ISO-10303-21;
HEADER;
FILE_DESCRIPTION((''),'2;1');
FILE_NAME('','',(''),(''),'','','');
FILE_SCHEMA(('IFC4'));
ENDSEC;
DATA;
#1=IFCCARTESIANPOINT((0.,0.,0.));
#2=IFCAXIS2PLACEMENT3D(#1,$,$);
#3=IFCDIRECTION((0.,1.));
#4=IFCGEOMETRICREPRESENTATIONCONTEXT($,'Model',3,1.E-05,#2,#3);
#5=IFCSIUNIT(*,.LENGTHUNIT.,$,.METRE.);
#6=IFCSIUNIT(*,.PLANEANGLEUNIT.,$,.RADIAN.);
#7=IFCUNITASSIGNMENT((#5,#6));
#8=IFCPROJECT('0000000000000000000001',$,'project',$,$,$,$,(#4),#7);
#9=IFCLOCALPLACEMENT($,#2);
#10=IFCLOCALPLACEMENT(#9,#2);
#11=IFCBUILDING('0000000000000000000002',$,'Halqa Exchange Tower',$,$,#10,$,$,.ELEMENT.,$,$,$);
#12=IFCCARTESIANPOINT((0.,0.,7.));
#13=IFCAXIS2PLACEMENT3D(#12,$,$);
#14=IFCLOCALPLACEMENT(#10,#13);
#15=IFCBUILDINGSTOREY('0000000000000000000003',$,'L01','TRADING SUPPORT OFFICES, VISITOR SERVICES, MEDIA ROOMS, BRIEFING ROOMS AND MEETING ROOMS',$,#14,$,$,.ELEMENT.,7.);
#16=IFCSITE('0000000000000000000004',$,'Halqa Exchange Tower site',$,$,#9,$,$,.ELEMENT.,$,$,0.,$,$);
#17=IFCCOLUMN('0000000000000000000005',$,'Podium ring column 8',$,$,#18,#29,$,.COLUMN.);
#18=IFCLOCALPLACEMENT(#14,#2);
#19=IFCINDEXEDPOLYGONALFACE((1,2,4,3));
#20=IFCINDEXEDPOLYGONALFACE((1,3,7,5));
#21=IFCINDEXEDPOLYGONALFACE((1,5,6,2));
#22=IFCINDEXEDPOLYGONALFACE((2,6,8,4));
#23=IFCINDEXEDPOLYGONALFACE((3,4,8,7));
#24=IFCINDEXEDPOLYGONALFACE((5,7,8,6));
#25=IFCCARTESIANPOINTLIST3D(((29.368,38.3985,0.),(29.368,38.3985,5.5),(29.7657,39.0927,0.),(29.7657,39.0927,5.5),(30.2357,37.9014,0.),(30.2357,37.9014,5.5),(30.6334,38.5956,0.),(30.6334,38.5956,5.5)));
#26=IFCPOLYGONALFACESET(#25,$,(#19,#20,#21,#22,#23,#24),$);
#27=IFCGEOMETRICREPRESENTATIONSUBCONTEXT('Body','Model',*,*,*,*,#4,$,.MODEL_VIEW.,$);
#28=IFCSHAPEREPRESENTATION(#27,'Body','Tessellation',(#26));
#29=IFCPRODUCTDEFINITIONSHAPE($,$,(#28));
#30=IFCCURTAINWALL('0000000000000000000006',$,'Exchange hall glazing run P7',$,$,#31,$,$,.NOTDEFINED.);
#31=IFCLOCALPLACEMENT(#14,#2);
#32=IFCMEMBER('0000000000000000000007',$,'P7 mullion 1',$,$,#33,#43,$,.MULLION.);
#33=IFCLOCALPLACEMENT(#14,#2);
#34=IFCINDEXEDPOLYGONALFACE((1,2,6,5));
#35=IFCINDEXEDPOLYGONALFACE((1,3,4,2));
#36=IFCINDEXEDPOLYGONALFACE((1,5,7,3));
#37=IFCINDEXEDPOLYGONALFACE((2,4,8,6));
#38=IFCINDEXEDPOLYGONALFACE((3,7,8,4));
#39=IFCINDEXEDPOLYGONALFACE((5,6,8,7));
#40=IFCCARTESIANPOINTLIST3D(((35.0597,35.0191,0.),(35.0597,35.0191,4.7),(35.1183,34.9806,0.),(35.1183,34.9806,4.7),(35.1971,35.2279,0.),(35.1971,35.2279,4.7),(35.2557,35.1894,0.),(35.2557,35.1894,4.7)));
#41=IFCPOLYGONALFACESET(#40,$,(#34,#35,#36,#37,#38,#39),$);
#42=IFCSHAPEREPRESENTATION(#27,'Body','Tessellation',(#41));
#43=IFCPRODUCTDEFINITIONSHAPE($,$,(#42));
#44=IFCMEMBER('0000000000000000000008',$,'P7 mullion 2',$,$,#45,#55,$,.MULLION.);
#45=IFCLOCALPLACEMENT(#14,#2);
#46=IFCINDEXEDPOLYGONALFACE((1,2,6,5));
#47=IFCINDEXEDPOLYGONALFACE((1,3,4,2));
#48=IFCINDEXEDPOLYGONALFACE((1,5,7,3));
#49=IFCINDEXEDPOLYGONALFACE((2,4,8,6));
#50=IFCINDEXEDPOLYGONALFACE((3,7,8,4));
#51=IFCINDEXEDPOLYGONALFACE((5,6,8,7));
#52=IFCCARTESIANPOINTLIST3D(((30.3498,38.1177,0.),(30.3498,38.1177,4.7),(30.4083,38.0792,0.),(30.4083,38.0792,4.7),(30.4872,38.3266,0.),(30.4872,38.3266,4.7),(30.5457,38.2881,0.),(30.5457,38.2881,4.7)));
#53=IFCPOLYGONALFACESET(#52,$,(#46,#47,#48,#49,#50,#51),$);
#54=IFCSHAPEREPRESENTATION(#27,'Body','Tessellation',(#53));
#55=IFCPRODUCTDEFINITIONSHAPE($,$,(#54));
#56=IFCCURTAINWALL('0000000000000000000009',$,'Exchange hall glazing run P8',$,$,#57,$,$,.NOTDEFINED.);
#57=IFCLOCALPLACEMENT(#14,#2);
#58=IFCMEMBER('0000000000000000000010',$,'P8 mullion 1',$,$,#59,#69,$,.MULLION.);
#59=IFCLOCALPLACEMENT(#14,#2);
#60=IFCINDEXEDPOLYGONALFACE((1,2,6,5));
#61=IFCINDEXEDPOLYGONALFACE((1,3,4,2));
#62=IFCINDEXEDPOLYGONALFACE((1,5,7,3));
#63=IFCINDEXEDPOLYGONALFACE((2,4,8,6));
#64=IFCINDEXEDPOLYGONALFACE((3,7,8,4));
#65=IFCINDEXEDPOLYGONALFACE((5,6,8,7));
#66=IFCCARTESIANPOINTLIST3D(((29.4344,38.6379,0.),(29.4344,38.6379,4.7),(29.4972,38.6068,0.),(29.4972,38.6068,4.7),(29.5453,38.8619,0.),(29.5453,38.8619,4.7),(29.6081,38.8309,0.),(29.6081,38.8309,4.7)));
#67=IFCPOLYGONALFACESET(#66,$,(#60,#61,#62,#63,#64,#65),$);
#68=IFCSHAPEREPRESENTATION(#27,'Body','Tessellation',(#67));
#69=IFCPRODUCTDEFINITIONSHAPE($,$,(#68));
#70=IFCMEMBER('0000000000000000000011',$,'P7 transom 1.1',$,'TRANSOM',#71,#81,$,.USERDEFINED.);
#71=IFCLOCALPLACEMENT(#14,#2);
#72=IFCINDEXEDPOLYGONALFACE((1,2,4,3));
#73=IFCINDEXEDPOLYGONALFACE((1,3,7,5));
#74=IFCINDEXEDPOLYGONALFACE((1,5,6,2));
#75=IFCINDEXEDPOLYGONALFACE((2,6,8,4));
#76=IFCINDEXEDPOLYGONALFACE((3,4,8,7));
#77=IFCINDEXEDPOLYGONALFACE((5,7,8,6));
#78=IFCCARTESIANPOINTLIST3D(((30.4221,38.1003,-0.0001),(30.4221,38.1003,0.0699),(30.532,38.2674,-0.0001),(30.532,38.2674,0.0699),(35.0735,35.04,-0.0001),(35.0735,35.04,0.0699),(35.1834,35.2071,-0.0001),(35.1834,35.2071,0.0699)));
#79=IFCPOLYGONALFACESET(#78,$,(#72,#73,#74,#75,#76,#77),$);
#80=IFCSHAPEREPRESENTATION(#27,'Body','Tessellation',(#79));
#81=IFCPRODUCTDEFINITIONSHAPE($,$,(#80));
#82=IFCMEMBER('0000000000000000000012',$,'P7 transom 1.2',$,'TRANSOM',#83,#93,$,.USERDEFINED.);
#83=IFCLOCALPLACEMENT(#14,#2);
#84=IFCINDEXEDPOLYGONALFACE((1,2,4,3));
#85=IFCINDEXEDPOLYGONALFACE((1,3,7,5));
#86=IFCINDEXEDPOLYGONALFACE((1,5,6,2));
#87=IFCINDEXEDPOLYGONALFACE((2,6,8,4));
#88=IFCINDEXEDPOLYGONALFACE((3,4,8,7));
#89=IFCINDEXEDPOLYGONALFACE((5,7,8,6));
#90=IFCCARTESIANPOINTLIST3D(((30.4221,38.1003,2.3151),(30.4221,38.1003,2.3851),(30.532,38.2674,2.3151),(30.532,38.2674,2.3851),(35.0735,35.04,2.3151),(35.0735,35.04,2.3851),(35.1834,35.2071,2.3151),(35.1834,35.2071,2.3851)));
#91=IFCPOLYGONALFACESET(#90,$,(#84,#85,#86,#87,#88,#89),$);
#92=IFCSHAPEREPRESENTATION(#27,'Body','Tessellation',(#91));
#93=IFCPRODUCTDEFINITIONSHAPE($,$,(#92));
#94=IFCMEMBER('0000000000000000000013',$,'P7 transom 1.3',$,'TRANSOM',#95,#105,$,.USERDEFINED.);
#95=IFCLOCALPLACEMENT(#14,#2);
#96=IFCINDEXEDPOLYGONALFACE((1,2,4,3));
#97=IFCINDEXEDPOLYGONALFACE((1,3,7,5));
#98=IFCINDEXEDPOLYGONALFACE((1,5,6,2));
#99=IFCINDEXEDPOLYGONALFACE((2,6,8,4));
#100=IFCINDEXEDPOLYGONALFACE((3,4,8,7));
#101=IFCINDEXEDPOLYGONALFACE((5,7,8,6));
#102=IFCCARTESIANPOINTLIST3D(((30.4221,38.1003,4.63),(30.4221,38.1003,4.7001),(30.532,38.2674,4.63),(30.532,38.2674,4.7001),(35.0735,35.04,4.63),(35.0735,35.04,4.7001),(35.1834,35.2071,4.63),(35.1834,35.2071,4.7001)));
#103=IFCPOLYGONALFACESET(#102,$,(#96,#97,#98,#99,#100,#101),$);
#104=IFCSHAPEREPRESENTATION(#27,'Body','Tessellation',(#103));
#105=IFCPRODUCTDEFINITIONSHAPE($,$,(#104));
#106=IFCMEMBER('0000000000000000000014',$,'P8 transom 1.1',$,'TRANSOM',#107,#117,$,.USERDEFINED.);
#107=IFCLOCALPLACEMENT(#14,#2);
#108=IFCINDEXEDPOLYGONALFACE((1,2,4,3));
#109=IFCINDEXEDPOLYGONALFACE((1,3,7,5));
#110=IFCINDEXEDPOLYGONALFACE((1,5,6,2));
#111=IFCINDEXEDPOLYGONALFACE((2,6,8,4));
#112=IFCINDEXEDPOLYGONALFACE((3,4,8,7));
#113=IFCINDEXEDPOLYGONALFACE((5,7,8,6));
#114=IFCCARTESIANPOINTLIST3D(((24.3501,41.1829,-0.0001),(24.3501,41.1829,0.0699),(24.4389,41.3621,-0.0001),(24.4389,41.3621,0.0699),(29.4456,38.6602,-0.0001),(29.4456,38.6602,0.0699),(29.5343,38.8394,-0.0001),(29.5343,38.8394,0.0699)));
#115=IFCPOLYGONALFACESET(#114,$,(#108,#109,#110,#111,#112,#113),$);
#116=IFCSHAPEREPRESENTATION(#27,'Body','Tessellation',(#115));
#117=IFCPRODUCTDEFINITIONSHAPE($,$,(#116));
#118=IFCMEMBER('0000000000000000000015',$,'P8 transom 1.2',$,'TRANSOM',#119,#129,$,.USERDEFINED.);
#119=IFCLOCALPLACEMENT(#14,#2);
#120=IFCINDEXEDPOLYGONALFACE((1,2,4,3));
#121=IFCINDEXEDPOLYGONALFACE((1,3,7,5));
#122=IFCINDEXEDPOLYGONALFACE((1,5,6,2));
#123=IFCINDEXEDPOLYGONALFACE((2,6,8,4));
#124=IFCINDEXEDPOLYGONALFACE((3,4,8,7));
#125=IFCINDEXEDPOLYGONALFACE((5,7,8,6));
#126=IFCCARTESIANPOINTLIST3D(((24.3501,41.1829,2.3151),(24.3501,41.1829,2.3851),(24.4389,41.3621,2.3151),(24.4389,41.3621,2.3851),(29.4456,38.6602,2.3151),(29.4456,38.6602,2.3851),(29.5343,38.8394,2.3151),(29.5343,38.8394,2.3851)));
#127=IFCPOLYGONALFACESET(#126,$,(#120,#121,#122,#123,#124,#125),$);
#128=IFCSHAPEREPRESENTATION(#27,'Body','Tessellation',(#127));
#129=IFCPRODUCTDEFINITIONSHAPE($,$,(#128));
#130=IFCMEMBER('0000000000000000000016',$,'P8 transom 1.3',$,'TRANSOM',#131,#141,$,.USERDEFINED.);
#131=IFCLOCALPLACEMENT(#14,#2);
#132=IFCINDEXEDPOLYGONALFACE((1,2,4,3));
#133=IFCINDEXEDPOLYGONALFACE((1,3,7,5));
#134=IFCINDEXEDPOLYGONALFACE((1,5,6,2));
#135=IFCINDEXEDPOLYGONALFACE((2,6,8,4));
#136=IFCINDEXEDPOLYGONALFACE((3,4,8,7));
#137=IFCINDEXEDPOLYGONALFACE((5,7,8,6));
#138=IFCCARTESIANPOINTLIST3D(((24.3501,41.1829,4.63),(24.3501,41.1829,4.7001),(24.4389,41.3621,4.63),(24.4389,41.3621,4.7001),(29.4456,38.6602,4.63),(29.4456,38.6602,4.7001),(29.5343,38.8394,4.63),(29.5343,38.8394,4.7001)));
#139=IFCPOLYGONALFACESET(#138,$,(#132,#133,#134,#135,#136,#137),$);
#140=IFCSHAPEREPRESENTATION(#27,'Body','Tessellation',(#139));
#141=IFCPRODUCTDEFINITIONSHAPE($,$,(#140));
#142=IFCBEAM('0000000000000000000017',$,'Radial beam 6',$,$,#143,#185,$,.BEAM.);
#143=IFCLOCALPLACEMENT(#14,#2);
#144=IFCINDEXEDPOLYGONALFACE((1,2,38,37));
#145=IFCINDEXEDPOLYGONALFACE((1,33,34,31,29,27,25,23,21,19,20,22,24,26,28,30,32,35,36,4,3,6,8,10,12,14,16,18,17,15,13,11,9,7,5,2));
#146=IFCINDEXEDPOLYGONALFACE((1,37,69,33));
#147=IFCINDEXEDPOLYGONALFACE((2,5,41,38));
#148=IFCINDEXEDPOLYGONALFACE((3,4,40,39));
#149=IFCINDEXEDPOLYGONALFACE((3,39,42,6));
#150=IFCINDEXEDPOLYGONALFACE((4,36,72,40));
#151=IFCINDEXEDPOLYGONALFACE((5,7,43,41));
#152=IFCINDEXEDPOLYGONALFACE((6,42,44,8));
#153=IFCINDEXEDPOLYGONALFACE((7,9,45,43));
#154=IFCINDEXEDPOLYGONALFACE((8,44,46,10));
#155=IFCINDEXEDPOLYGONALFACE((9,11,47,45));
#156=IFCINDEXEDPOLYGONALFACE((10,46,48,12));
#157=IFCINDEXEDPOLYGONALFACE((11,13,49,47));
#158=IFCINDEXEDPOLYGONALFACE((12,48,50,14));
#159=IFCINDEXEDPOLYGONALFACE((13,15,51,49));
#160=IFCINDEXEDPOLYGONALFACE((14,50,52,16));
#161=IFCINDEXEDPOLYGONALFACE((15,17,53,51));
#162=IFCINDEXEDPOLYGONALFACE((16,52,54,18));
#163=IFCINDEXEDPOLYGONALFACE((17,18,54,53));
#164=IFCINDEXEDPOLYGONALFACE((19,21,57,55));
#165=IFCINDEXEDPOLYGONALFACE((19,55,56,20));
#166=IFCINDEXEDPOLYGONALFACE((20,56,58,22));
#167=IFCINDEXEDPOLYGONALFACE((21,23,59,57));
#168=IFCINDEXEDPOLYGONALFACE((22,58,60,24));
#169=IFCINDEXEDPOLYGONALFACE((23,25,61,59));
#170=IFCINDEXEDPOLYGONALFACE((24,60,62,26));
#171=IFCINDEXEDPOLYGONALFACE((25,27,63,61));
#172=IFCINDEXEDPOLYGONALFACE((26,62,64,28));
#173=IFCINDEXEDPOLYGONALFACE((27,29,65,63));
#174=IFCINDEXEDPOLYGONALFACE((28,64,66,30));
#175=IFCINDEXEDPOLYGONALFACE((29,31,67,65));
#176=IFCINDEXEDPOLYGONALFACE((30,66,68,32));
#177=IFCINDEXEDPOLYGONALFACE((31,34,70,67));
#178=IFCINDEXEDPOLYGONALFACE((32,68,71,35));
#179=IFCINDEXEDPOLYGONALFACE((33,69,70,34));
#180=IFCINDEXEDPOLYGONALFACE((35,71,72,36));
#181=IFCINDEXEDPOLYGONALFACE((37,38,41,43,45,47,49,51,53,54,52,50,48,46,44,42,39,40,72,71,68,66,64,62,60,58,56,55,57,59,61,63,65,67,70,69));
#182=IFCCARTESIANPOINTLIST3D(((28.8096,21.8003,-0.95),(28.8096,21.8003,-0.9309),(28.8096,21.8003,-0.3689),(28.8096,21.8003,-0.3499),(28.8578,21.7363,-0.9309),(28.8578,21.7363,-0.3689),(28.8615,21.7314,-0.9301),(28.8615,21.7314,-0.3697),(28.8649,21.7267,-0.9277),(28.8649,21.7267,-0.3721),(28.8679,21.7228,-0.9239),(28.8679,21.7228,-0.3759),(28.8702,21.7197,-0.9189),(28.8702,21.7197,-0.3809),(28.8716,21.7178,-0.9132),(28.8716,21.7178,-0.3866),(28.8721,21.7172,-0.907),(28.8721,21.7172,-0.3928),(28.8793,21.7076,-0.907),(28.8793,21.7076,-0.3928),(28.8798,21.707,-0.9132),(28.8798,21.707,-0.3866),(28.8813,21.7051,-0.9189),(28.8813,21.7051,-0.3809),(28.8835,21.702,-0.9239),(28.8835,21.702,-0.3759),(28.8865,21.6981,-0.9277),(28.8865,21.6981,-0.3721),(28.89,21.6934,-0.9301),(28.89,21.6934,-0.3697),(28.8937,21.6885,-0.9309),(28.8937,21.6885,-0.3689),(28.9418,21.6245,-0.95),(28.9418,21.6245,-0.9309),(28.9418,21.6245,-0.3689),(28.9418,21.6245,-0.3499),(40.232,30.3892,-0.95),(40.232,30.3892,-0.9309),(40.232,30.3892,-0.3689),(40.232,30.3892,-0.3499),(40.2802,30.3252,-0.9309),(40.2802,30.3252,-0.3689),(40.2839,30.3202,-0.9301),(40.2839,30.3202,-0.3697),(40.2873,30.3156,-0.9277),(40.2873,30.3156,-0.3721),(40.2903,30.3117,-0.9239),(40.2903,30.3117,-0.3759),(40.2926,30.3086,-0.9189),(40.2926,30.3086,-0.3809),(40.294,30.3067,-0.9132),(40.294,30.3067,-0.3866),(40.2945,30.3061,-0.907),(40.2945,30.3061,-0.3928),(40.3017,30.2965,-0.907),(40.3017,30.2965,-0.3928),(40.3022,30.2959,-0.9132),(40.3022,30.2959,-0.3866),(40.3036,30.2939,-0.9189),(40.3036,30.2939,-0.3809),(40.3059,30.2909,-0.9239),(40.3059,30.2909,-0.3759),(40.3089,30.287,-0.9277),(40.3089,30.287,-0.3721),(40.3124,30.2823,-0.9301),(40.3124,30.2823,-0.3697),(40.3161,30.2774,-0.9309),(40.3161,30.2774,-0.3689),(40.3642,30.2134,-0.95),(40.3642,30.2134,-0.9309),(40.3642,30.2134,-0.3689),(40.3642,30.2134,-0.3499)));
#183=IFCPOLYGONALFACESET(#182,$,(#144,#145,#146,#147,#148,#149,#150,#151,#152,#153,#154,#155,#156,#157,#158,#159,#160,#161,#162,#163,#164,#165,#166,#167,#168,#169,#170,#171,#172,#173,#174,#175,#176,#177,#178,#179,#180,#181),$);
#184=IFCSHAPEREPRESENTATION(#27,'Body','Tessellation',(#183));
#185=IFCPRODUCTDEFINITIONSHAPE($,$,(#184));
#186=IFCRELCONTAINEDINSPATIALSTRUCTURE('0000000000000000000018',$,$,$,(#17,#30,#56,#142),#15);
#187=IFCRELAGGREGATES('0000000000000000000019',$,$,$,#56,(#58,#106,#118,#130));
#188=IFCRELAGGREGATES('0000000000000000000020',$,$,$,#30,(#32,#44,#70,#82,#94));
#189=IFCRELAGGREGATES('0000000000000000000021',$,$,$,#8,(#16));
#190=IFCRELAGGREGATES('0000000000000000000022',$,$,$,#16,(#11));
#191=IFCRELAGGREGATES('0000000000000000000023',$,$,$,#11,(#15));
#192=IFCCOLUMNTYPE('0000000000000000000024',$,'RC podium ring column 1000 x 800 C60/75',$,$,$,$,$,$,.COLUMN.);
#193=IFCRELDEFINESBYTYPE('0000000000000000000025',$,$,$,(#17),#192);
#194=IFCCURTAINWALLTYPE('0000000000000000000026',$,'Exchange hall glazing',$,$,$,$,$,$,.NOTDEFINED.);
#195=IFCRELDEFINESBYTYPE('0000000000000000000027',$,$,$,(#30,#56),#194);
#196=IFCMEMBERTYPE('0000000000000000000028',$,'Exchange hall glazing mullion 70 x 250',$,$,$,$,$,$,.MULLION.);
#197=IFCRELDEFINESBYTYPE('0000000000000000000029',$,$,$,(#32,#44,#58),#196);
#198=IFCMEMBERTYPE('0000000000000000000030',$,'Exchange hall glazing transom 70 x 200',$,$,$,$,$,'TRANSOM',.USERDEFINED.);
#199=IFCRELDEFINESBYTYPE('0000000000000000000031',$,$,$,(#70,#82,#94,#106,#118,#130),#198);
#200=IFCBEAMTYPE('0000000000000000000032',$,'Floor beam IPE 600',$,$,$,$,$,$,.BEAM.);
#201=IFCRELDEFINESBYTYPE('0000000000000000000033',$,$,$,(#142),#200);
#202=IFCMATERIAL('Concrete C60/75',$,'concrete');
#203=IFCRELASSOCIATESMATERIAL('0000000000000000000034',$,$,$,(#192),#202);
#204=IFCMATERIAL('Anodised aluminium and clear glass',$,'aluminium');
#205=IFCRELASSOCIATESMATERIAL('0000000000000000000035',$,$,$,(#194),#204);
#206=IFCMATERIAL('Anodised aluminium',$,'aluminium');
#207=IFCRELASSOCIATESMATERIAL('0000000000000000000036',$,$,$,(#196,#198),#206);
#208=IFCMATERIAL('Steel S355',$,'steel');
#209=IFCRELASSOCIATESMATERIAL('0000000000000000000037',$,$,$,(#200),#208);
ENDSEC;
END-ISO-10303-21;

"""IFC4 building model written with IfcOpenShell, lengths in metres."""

from ifc_helpers import new_model, si_unit, direction, frame, origin, origin_2d, place, context, subcontext, project, spatial, rectangle, i_section, extrude, material, material_profile, profile_set, type_object, element, aggregate, save


model = new_model("IFC4")

# Units and contexts
model_context = context("Model", 3, precision=1e-05, world=origin(), true_north=direction((0.0, 1.0)))
body_context = subcontext(model_context, "Body", "Model", "MODEL_VIEW")
ifc_project = project(units=[si_unit("LENGTHUNIT", "METRE"), si_unit("PLANEANGLEUNIT", "RADIAN")], contexts=[model_context])

# Site, building, storey
site_placement = place(None, origin())
site = spatial("IfcSite", under=ifc_project, at=site_placement, Name="Halqa Exchange Tower site", CompositionType="ELEMENT", RefElevation=0.0)
building_placement = place(site_placement, origin())
building = spatial("IfcBuilding", under=site, at=building_placement, Name="Halqa Exchange Tower", CompositionType="ELEMENT")
storey_placement = place(building_placement, frame((0.0, 0.0, 7.0)))
storey = spatial("IfcBuildingStorey", under=building, at=storey_placement, Name="L01", Description="TRADING SUPPORT OFFICES, VISITOR SERVICES, MEDIA ROOMS, BRIEFING ROOMS AND MEETING ROOMS", CompositionType="ELEMENT", Elevation=7.0)

# Column
ifc_material_1 = material(Name="Concrete C60/75", Category="concrete")
ifc_material_profile_1 = material_profile(ifc_material_1, rectangle(XDim=1.0, YDim=0.8, at=origin_2d()), Name="1000 x 800")
ifc_profile_set_1 = profile_set([ifc_material_profile_1], Name="Concrete C60/75")
column_type = type_object("IfcColumnType", Name="RC podium ring column 1000 x 800 C60/75", PredefinedType="COLUMN", material=ifc_profile_set_1)
column_placement = place(storey_placement, frame((30.0007, 38.4971, 0.0), z_axis=(0.0, 0.0, 1.0), x_axis=(-0.867693, 0.4971, 0.0)))
element("IfcColumn", 1, at=column_placement, inside=storey, type_object=column_type, Name="Podium ring column 8", PredefinedType="COLUMN", context=body_context, shape_type="SweptSolid", body=[
    extrude(rectangle(XDim=1.0, YDim=0.8, at=origin_2d()), origin(), (0.0, 0.0, 1.0), 5.5),
])

# Curtain wall, members
ifc_material_2 = material(Name="Anodised aluminium and clear glass", Category="aluminium")
curtain_wall_type = type_object("IfcCurtainWallType", Name="Exchange hall glazing", PredefinedType="NOTDEFINED", material=ifc_material_2)
curtain_wall_1_placement = place(storey_placement, origin())
curtain_wall_1 = element("IfcCurtainWall", 2, at=curtain_wall_1_placement, inside=storey, type_object=curtain_wall_type, Name="Exchange hall glazing run P7", PredefinedType="NOTDEFINED")
ifc_material_3 = material(Name="Anodised aluminium", Category="aluminium")
ifc_material_profile_2 = material_profile(ifc_material_3, rectangle(XDim=0.25, YDim=0.0701, at=origin_2d()), Name="AL 70x250")
ifc_profile_set_2 = profile_set([ifc_material_profile_2], Name="Anodised aluminium")
member_type_1 = type_object("IfcMemberType", Name="Exchange hall glazing mullion 70 x 250", PredefinedType="MULLION", material=ifc_profile_set_2)
member_1_placement = place(storey_placement, frame((35.1577, 35.1042, 0.0), z_axis=(0.0, 0.0, 1.0), x_axis=(-0.54962, -0.835415, 0.0)))
member_1 = element("IfcMember", 3, at=member_1_placement, type_object=member_type_1, Name="P7 mullion 1", PredefinedType="MULLION", context=body_context, shape_type="SweptSolid", body=[
    extrude(rectangle(XDim=0.25, YDim=0.0701, at=origin_2d()), origin(), (0.0, 0.0, 1.0), 4.7),
])
member_2_placement = place(storey_placement, frame((30.4478, 38.2029, 0.0), z_axis=(0.0, 0.0, 1.0), x_axis=(-0.54962, -0.835415, 0.0)))
member_2 = element("IfcMember", 4, at=member_2_placement, type_object=member_type_1, Name="P7 mullion 2", PredefinedType="MULLION", context=body_context, shape_type="SweptSolid", body=[
    extrude(rectangle(XDim=0.25, YDim=0.0701, at=origin_2d()), origin(), (0.0, 0.0, 1.0), 4.7),
])

# Curtain wall, member
curtain_wall_2_placement = place(storey_placement, origin())
curtain_wall_2 = element("IfcCurtainWall", 5, at=curtain_wall_2_placement, inside=storey, type_object=curtain_wall_type, Name="Exchange hall glazing run P8", PredefinedType="NOTDEFINED")
member_3_placement = place(storey_placement, frame((29.5212, 38.7344, 0.0), z_axis=(0.0, 0.0, 1.0), x_axis=(-0.443653, -0.896198, 0.0)))
member_3 = element("IfcMember", 6, at=member_3_placement, type_object=member_type_1, Name="P8 mullion 1", PredefinedType="MULLION", context=body_context, shape_type="SweptSolid", body=[
    extrude(rectangle(XDim=0.25, YDim=0.0701, at=origin_2d()), origin(), (0.0, 0.0, 1.0), 4.7),
])

# Members
ifc_material_profile_3 = material_profile(ifc_material_3, rectangle(XDim=0.2, YDim=0.0701, at=origin_2d()), Name="AL 70x200")
ifc_profile_set_3 = profile_set([ifc_material_profile_3], Name="Anodised aluminium")
member_type_2 = type_object("IfcMemberType", Name="Exchange hall glazing transom 70 x 200", ElementType="TRANSOM", PredefinedType="USERDEFINED", material=ifc_profile_set_3)
member_4_placement = place(storey_placement, frame((35.1284, 35.1235, 0.0349), z_axis=(-0.835401, 0.549641, 0.0), x_axis=(-0.549641, -0.835401, 0.0)))
member_4 = element("IfcMember", 7, at=member_4_placement, type_object=member_type_2, Name="P7 transom 1.1", ObjectType="TRANSOM", PredefinedType="USERDEFINED", context=body_context, shape_type="SweptSolid", body=[
    extrude(rectangle(XDim=0.2, YDim=0.0701, at=origin_2d()), origin(), (0.0, 0.0, 1.0), 5.5679),
])
member_5_placement = place(storey_placement, frame((35.1284, 35.1235, 2.3501), z_axis=(-0.835401, 0.549641, 0.0), x_axis=(-0.549641, -0.835401, 0.0)))
member_5 = element("IfcMember", 8, at=member_5_placement, type_object=member_type_2, Name="P7 transom 1.2", ObjectType="TRANSOM", PredefinedType="USERDEFINED", context=body_context, shape_type="SweptSolid", body=[
    extrude(rectangle(XDim=0.2, YDim=0.0701, at=origin_2d()), origin(), (0.0, 0.0, 1.0), 5.5679),
])
member_6_placement = place(storey_placement, frame((35.1284, 35.1235, 4.665), z_axis=(-0.835401, 0.549641, 0.0), x_axis=(-0.549641, -0.835401, 0.0)))
member_6 = element("IfcMember", 9, at=member_6_placement, type_object=member_type_2, Name="P7 transom 1.3", ObjectType="TRANSOM", PredefinedType="USERDEFINED", context=body_context, shape_type="SweptSolid", body=[
    extrude(rectangle(XDim=0.2, YDim=0.0701, at=origin_2d()), origin(), (0.0, 0.0, 1.0), 5.5679),
])
member_7_placement = place(storey_placement, frame((29.49, 38.7498, 0.0349), z_axis=(-0.896181, 0.443689, 0.0), x_axis=(-0.443689, -0.896181, 0.0)))
member_7 = element("IfcMember", 10, at=member_7_placement, type_object=member_type_2, Name="P8 transom 1.1", ObjectType="TRANSOM", PredefinedType="USERDEFINED", context=body_context, shape_type="SweptSolid", body=[
    extrude(rectangle(XDim=0.2, YDim=0.0701, at=origin_2d()), origin(), (0.0, 0.0, 1.0), 5.6858),
])
member_8_placement = place(storey_placement, frame((29.49, 38.7498, 2.3501), z_axis=(-0.896181, 0.443689, 0.0), x_axis=(-0.443689, -0.896181, 0.0)))
member_8 = element("IfcMember", 11, at=member_8_placement, type_object=member_type_2, Name="P8 transom 1.2", ObjectType="TRANSOM", PredefinedType="USERDEFINED", context=body_context, shape_type="SweptSolid", body=[
    extrude(rectangle(XDim=0.2, YDim=0.0701, at=origin_2d()), origin(), (0.0, 0.0, 1.0), 5.6858),
])
member_9_placement = place(storey_placement, frame((29.49, 38.7498, 4.665), z_axis=(-0.896181, 0.443689, 0.0), x_axis=(-0.443689, -0.896181, 0.0)))
member_9 = element("IfcMember", 12, at=member_9_placement, type_object=member_type_2, Name="P8 transom 1.3", ObjectType="TRANSOM", PredefinedType="USERDEFINED", context=body_context, shape_type="SweptSolid", body=[
    extrude(rectangle(XDim=0.2, YDim=0.0701, at=origin_2d()), origin(), (0.0, 0.0, 1.0), 5.6858),
])
aggregate(curtain_wall_2, [member_3, member_7, member_8, member_9])

# Beam
ifc_material_4 = material(Name="Steel S355", Category="steel")
ifc_material_profile_4 = material_profile(ifc_material_4, i_section(OverallWidth=0.22, OverallDepth=0.6001, WebThickness=0.012, FlangeThickness=0.019, FilletRadius=0.0239, at=origin_2d()), Name="IPE 600")
ifc_profile_set_4 = profile_set([ifc_material_profile_4], Name="Steel S355")
beam_type_1 = type_object("IfcBeamType", Name="Floor beam IPE 600", PredefinedType="BEAM", material=ifc_profile_set_4)
beam_1_placement = place(storey_placement, frame((28.8757, 21.7124, -0.6499), z_axis=(0.799257, 0.600989, 0.0), x_axis=(-0.600989, 0.799257, 0.0)))
element("IfcBeam", 13, at=beam_1_placement, inside=storey, type_object=beam_type_1, Name="Radial beam 6", PredefinedType="BEAM", context=body_context, shape_type="SweptSolid", body=[
    extrude(i_section(OverallWidth=0.22, OverallDepth=0.6001, WebThickness=0.012, FlangeThickness=0.019, FilletRadius=0.0239, at=origin_2d()), origin(), (0.0, 0.0, 1.0), 14.2913),
])

aggregate(curtain_wall_1, [member_1, member_2, member_4, member_5, member_6])

save(model, "model.ifc")
